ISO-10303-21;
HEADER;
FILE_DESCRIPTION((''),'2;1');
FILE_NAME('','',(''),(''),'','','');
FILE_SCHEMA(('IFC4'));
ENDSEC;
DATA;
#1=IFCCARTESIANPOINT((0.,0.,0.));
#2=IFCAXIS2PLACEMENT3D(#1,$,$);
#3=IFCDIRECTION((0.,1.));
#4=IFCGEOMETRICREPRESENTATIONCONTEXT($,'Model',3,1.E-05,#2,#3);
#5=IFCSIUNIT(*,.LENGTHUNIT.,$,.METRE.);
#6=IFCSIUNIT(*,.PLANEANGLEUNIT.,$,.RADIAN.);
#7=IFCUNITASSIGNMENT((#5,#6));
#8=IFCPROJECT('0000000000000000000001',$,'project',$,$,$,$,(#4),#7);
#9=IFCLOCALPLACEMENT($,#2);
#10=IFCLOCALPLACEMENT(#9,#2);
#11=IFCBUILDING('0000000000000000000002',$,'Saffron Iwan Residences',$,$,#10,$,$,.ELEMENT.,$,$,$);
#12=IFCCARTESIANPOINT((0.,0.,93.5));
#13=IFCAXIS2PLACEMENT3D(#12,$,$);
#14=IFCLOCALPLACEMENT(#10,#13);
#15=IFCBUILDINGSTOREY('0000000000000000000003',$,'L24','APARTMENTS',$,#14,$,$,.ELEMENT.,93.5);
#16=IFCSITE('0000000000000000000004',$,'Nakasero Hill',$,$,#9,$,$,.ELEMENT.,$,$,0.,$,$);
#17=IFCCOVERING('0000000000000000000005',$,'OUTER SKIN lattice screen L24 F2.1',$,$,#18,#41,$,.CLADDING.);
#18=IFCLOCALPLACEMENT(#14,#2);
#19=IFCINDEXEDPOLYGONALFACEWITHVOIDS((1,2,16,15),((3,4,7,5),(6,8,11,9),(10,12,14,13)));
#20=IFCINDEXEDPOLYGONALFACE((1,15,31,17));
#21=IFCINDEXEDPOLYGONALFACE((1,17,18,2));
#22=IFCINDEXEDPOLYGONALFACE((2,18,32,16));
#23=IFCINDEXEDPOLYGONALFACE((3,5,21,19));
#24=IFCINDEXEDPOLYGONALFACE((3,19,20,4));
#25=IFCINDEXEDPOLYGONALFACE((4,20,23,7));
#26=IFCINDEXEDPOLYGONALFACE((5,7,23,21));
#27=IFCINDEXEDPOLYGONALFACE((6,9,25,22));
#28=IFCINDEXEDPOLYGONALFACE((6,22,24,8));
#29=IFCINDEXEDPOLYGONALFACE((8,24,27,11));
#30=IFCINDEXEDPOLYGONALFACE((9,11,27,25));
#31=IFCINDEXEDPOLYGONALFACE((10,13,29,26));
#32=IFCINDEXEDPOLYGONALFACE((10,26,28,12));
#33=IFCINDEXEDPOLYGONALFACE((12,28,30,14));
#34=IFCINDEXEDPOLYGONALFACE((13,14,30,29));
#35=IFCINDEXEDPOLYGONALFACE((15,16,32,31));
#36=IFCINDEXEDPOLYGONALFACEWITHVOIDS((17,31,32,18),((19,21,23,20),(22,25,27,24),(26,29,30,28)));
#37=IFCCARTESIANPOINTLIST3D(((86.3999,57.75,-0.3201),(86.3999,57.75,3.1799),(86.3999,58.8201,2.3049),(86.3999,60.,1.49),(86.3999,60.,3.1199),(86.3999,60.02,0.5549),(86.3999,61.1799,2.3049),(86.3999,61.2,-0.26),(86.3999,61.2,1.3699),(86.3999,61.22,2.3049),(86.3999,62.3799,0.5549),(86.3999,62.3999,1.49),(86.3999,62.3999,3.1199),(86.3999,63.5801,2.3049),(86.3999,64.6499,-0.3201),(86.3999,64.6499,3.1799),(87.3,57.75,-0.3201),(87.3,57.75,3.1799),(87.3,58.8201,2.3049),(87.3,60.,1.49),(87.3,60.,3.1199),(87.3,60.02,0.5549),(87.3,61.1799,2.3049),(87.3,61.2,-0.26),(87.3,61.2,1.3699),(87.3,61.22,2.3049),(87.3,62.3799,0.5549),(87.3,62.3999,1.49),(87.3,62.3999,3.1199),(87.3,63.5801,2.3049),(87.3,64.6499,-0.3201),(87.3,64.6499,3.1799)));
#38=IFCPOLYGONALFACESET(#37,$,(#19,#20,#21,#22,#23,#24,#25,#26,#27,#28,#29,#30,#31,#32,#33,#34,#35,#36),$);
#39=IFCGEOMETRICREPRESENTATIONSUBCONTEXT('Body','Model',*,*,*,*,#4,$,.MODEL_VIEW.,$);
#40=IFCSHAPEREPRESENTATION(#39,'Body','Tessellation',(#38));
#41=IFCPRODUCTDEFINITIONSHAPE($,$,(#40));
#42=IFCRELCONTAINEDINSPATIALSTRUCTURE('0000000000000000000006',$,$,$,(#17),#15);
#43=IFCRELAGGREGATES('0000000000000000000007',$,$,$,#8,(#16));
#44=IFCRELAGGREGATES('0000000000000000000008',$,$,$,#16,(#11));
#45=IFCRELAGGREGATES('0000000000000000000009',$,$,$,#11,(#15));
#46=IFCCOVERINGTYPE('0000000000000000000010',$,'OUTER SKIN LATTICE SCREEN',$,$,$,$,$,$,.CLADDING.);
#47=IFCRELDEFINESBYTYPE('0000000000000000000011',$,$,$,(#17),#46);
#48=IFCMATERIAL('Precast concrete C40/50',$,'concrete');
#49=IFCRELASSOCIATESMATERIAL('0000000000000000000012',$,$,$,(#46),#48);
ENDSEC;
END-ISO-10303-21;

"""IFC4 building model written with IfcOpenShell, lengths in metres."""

from ifc_helpers import new_model, si_unit, direction, frame, origin, place, context, subcontext, project, spatial, polyline, outline, extrude, material, type_object, element, save


model = new_model("IFC4")

# Units and contexts
model_context = context("Model", 3, precision=1e-05, world=origin(), true_north=direction((0.0, 1.0)))
body_context = subcontext(model_context, "Body", "Model", "MODEL_VIEW")
ifc_project = project(units=[si_unit("LENGTHUNIT", "METRE"), si_unit("PLANEANGLEUNIT", "RADIAN")], contexts=[model_context])

# Site, building, storey
site_placement = place(None, origin())
site = spatial("IfcSite", under=ifc_project, at=site_placement, Name="Nakasero Hill", CompositionType="ELEMENT", RefElevation=0.0)
building_placement = place(site_placement, origin())
building = spatial("IfcBuilding", under=site, at=building_placement, Name="Saffron Iwan Residences", CompositionType="ELEMENT")
storey_placement = place(building_placement, frame((0.0, 0.0, 93.5)))
storey = spatial("IfcBuildingStorey", under=building, at=storey_placement, Name="L24", Description="APARTMENTS", CompositionType="ELEMENT", Elevation=93.5)

# Covering
ifc_material_1 = material(Name="Precast concrete C40/50", Category="concrete")
covering_type = type_object("IfcCoveringType", Name="OUTER SKIN LATTICE SCREEN", PredefinedType="CLADDING", material=ifc_material_1)
covering_placement = place(storey_placement, frame((86.3999, 57.75, -0.3201), z_axis=(1.0, 0.0, 0.0), x_axis=(0.0, 1.0, 0.0)))
element("IfcCovering", 1, at=covering_placement, inside=storey, type_object=covering_type, Name="OUTER SKIN lattice screen L24 F2.1", PredefinedType="CLADDING", context=body_context, shape_type="SweptSolid", body=[
    extrude(outline(polyline([(0.0, 0.0), (6.8999, 0.0), (6.8999, 3.5), (0.0, 3.5), (0.0, 0.0)]), holes=[polyline([(2.27, 0.875), (3.45, 0.0601), (4.6299, 0.875), (3.45, 1.6899), (2.27, 0.875)]), polyline([(1.0701, 2.625), (2.25, 1.8101), (3.4299, 2.625), (2.25, 3.4399), (1.0701, 2.625)]), polyline([(3.47, 2.625), (4.6499, 1.8101), (5.8301, 2.625), (4.6499, 3.4399), (3.47, 2.625)])]), origin(), (0.0, 0.0, 1.0), 0.9001),
])

save(model, "model.ifc")
